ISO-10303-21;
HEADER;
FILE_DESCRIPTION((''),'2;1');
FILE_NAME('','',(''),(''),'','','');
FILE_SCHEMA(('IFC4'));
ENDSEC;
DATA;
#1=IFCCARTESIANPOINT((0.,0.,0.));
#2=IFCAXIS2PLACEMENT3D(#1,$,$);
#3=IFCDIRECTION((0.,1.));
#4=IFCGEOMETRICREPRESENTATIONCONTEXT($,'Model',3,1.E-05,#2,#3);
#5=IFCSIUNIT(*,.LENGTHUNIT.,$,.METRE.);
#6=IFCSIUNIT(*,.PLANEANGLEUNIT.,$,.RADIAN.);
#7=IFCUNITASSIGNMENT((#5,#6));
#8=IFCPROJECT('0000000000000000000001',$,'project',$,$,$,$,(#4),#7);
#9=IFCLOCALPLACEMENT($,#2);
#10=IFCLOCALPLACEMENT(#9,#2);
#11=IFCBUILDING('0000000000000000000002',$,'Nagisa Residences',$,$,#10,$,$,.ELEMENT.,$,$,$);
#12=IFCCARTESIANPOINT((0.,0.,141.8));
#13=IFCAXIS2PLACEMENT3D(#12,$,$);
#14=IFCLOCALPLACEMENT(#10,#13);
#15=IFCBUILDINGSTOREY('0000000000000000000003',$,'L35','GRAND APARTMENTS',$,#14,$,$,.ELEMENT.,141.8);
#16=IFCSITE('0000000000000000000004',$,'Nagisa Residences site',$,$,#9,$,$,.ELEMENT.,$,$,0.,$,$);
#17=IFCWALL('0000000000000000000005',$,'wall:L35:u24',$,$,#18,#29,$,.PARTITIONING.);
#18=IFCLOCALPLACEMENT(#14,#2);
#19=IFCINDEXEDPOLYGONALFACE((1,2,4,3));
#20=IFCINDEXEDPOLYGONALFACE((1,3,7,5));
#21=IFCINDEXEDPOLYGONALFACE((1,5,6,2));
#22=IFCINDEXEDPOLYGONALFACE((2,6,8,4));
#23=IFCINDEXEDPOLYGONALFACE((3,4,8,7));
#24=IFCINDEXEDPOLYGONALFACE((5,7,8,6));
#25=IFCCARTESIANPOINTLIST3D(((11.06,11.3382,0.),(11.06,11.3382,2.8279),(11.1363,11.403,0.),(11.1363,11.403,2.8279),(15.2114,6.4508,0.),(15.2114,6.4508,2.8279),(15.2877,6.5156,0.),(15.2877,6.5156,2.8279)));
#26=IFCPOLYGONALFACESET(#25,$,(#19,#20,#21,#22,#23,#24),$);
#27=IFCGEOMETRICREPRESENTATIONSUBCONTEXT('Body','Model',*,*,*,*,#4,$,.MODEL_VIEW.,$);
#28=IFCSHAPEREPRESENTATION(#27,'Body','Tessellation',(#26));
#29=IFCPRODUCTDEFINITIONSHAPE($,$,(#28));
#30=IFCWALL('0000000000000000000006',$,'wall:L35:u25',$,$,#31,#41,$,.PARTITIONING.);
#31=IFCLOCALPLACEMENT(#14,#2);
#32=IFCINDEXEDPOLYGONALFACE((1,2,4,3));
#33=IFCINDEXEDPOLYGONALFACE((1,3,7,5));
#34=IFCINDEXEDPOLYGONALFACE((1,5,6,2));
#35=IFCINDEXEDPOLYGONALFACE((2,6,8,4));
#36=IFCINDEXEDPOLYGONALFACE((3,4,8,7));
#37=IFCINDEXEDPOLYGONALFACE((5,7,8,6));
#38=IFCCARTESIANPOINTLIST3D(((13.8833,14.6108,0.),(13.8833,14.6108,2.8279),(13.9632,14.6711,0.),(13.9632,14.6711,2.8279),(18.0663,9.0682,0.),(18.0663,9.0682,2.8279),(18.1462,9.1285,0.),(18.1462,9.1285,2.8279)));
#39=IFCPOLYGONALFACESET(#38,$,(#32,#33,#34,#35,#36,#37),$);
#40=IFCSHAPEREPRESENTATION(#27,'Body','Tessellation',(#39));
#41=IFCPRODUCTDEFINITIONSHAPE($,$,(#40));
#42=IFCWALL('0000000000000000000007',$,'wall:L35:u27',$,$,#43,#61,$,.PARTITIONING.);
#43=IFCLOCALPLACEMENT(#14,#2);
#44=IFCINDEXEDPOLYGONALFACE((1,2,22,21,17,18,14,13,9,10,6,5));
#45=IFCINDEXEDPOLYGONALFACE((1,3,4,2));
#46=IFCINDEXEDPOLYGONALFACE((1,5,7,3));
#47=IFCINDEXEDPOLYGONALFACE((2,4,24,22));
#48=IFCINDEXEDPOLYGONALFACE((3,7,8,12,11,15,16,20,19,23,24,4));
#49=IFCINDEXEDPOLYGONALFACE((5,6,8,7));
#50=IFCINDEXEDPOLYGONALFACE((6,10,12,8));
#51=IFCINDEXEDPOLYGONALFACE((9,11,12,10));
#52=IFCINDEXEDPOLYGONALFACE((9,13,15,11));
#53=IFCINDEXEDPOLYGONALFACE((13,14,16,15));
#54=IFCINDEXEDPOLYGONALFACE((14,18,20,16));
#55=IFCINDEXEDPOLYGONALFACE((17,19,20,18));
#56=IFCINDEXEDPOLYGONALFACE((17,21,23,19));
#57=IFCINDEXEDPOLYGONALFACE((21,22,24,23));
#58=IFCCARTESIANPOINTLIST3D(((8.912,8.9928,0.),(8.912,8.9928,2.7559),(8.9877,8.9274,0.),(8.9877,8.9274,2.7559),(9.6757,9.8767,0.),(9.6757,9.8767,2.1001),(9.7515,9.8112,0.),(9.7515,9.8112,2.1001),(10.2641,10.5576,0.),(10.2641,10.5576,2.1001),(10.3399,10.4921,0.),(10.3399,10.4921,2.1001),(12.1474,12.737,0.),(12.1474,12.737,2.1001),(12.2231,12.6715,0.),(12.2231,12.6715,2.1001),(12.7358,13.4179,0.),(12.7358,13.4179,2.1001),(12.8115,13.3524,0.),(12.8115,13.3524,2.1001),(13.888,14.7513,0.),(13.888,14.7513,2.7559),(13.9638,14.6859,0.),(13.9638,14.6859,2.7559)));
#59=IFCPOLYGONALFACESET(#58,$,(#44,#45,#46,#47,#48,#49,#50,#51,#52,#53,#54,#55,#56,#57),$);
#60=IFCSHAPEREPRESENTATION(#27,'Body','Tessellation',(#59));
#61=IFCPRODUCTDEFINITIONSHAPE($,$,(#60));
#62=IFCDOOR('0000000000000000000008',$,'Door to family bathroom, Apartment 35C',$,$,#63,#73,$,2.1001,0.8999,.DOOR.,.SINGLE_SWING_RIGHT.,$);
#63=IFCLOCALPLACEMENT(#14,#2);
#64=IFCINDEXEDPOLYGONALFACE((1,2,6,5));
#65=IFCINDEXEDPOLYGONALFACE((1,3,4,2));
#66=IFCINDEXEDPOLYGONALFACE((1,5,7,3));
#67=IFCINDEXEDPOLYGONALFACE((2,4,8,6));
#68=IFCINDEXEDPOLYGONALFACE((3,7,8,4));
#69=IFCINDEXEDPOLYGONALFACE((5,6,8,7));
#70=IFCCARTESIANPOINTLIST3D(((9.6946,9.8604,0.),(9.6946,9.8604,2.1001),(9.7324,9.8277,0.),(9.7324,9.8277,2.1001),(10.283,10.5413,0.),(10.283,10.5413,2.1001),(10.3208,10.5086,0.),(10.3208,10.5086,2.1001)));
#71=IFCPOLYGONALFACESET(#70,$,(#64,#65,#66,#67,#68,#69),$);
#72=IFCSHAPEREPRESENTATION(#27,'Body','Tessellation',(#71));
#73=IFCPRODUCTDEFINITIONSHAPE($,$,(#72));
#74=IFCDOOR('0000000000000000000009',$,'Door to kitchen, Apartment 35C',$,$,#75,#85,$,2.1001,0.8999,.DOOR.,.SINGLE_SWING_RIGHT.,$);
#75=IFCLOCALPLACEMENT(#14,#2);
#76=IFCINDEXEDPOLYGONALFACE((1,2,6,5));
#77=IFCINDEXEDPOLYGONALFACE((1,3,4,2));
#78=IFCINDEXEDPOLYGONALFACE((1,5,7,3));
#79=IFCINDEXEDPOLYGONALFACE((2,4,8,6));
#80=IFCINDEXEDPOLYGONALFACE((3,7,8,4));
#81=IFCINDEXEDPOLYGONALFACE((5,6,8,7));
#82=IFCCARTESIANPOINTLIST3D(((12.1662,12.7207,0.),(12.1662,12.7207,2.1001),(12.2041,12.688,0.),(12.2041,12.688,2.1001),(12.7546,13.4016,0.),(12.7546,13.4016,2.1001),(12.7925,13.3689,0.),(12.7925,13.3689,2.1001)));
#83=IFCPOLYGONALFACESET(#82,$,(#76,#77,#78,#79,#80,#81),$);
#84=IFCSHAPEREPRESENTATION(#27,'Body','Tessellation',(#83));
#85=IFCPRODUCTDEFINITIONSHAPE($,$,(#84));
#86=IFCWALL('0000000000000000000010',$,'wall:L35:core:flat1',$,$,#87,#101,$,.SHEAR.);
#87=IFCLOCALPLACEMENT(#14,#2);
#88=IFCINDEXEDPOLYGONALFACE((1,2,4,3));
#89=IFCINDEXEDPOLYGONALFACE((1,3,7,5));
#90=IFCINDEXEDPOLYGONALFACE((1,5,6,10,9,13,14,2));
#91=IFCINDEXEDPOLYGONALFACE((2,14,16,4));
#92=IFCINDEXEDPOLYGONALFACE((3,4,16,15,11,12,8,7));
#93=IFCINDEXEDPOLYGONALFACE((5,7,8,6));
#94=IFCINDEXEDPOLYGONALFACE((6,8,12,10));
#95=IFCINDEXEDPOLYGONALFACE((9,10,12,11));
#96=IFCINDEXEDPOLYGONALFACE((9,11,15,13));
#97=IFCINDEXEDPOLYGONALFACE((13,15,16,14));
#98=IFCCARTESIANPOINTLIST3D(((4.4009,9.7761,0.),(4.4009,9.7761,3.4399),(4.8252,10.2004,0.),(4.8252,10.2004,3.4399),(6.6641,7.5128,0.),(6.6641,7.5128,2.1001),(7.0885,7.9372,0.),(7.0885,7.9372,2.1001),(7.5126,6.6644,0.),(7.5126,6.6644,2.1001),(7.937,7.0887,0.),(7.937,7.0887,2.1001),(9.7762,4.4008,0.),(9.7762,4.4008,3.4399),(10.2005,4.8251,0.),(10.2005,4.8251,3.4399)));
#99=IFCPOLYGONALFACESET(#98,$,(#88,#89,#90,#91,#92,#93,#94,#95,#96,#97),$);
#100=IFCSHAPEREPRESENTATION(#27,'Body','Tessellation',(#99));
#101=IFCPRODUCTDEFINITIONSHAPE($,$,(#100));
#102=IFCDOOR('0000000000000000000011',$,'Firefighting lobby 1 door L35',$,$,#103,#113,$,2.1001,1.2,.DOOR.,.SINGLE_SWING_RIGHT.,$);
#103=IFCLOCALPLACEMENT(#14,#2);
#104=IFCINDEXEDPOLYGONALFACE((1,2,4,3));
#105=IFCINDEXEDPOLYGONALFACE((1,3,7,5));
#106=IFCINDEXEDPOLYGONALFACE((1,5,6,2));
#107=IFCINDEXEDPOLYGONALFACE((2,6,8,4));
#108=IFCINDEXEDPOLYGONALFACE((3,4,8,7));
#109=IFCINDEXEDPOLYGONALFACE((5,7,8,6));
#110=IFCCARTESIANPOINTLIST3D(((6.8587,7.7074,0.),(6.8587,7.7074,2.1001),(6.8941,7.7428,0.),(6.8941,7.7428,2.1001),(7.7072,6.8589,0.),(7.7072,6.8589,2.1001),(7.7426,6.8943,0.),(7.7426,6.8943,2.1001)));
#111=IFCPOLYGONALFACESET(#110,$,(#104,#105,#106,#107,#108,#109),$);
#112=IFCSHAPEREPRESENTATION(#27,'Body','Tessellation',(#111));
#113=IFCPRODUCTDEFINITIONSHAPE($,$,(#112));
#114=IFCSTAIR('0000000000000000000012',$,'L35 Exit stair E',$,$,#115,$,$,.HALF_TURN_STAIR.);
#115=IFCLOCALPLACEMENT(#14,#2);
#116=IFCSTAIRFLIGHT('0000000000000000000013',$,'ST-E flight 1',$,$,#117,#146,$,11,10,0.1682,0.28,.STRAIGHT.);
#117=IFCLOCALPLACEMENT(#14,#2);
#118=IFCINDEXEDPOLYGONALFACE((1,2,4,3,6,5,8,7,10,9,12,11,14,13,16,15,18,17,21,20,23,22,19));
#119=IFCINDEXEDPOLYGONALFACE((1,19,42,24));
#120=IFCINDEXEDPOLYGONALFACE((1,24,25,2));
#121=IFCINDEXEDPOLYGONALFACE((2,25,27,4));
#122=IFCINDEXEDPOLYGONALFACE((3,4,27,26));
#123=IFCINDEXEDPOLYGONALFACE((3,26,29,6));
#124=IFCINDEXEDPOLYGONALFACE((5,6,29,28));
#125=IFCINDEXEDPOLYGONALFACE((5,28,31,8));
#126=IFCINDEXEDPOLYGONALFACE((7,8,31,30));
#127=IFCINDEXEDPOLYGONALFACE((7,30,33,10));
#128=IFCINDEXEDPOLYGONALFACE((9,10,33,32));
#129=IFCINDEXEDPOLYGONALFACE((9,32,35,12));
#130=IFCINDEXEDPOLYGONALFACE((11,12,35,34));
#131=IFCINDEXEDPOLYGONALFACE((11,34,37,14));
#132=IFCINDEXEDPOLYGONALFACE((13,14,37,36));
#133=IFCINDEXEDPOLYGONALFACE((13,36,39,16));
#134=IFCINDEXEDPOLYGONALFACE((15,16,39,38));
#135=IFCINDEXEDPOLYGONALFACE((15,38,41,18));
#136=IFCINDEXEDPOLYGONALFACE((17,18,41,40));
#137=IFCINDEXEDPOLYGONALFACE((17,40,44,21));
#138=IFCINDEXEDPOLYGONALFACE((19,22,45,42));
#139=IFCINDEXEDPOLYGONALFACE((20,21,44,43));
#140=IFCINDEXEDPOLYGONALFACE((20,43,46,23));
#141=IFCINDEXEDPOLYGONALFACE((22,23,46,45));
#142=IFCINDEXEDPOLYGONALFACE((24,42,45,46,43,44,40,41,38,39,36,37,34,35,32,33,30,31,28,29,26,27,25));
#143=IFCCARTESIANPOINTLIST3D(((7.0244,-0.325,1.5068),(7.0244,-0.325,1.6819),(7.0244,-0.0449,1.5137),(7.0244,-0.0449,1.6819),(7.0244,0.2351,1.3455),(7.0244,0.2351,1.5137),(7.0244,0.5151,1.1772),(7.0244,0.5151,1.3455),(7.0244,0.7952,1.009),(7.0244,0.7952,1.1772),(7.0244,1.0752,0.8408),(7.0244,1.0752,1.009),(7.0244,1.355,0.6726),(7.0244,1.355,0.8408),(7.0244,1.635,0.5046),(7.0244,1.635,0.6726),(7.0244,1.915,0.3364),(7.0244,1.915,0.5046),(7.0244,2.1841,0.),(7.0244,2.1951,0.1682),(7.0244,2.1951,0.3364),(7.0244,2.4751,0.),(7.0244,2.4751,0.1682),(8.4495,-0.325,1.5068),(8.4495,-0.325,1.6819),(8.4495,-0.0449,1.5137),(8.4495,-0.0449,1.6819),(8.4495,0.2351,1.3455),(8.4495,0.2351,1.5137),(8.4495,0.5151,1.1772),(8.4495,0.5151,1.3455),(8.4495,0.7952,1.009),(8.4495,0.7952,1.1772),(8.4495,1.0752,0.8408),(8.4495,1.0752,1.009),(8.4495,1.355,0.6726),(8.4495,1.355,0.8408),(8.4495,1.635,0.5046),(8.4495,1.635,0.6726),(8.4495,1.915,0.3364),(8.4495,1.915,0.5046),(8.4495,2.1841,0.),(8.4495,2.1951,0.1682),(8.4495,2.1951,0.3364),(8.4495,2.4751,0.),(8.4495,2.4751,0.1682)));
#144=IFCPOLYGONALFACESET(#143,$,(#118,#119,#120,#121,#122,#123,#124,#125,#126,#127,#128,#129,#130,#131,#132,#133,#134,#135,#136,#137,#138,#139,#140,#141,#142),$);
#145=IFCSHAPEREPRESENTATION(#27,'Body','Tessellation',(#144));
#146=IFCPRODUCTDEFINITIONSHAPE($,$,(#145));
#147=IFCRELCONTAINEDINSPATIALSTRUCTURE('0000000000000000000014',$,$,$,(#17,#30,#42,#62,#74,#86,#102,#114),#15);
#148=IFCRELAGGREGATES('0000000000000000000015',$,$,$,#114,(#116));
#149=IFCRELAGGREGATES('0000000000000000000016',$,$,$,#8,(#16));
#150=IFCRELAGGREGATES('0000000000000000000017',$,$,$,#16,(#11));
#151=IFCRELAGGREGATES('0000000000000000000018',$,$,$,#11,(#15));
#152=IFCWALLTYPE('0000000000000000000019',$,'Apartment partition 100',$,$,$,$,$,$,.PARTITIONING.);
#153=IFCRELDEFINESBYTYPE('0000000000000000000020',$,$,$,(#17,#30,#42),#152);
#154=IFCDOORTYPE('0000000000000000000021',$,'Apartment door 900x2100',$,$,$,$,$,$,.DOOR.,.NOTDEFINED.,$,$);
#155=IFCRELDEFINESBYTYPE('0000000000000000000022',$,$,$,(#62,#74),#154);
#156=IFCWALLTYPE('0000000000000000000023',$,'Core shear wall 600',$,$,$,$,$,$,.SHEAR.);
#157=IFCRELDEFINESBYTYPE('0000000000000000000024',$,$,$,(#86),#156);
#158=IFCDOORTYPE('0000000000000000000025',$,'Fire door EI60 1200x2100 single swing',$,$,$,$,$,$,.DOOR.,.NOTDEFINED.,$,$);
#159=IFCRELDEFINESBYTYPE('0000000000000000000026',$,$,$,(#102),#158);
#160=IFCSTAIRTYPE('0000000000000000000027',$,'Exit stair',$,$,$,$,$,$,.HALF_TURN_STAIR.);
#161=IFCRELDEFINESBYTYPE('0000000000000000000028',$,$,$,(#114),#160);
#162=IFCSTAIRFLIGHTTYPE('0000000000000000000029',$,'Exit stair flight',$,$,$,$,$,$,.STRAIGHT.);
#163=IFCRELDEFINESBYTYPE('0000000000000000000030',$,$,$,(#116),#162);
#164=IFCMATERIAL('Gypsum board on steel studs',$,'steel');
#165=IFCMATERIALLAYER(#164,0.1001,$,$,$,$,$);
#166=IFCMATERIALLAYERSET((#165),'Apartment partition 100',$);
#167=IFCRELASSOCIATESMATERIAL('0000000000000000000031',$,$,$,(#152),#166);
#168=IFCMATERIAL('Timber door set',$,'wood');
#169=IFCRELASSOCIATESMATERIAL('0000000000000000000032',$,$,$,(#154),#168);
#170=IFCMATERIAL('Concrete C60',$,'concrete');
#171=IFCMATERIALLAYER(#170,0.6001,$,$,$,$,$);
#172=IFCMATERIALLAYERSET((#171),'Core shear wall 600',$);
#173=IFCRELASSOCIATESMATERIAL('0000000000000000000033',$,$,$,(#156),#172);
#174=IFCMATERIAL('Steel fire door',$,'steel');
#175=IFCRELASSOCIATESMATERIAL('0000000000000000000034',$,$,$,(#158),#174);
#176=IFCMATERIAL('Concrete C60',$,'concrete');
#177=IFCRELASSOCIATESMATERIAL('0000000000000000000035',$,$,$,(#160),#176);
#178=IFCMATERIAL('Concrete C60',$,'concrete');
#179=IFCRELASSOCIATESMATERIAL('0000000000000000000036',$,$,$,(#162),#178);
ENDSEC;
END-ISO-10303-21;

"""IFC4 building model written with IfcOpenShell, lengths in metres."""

from ifc_helpers import new_model, si_unit, direction, frame, frame_2d, origin, place, context, subcontext, project, spatial, polyline, rectangle, outline, extrude, material, layer, layer_set, type_object, element, fill, aggregate, save


model = new_model("IFC4")

# Units and contexts
model_context = context("Model", 3, precision=1e-05, world=origin(), true_north=direction((0.0, 1.0)))
body_context = subcontext(model_context, "Body", "Model", "MODEL_VIEW")
ifc_project = project(units=[si_unit("LENGTHUNIT", "METRE"), si_unit("PLANEANGLEUNIT", "RADIAN")], contexts=[model_context])

# Site, building, storey
site_placement = place(None, origin())
site = spatial("IfcSite", under=ifc_project, at=site_placement, Name="Nagisa Residences site", CompositionType="ELEMENT", RefElevation=0.0)
building_placement = place(site_placement, origin())
building = spatial("IfcBuilding", under=site, at=building_placement, Name="Nagisa Residences", CompositionType="ELEMENT")
storey_placement = place(building_placement, frame((0.0, 0.0, 141.8)))
storey = spatial("IfcBuildingStorey", under=building, at=storey_placement, Name="L35", Description="GRAND APARTMENTS", CompositionType="ELEMENT", Elevation=141.8)

# Shared definitions
ifc_material_1 = material(Name="Gypsum board on steel studs", Category="steel")
ifc_layer_1 = layer(ifc_material_1, 0.1001)
ifc_layer_set_1 = layer_set([ifc_layer_1], Name="Apartment partition 100")
wall_type_1 = type_object("IfcWallType", Name="Apartment partition 100", PredefinedType="PARTITIONING", material=ifc_layer_set_1)
ifc_material_2 = material(Name="Timber door set", Category="wood")
door_type_1 = type_object("IfcDoorType", Name="Apartment door 900x2100", OperationType="NOTDEFINED", PredefinedType="DOOR", material=ifc_material_2)

# Walls
wall_1_placement = place(storey_placement, frame((15.2495, 6.4832, 0.0), z_axis=(0.0, 0.0, 1.0), x_axis=(-0.64738, 0.762168, 0.0)))
element("IfcWall", 1, at=wall_1_placement, inside=storey, type_object=wall_type_1, Name="wall:L35:u24", PredefinedType="PARTITIONING", context=body_context, shape_type="SweptSolid", body=[
    extrude(rectangle(XDim=6.4126, YDim=0.1001, at=frame_2d((3.2063, 0.0))), origin(), (0.0, 0.0, 1.0), 2.8279),
])
wall_2_placement = place(storey_placement, frame((18.1062, 9.0984, 0.0), z_axis=(0.0, 0.0, 1.0), x_axis=(-0.602394, 0.798199, 0.0)))
element("IfcWall", 2, at=wall_2_placement, inside=storey, type_object=wall_type_1, Name="wall:L35:u25", PredefinedType="PARTITIONING", context=body_context, shape_type="SweptSolid", body=[
    extrude(rectangle(XDim=6.9438, YDim=0.1001, at=frame_2d((3.4719, 0.0))), origin(), (0.0, 0.0, 1.0), 2.8279),
])

# Wall, openings, doors
wall_3_placement = place(storey_placement, frame((8.95, 8.9602, 0.0), z_axis=(0.0, 0.0, 1.0), x_axis=(0.653829, 0.756642, 0.0)))
wall_3 = element("IfcWall", 3, at=wall_3_placement, inside=storey, type_object=wall_type_1, Name="wall:L35:u27", PredefinedType="PARTITIONING", context=body_context, shape_type="SweptSolid", body=[
    extrude(rectangle(XDim=7.6106, YDim=0.1001, at=frame_2d((3.8052, 0.0))), origin(), (0.0, 0.0, 1.0), 2.7559),
])
opening_1_placement = place(wall_3_placement, frame((1.168, 0.0, 0.0)))
opening_1 = element("IfcOpeningElement", 4, at=opening_1_placement, cuts=wall_3, PredefinedType="OPENING", context=body_context, shape_type="SweptSolid", body=[
    extrude(rectangle(XDim=0.8999, YDim=2.1001, at=frame_2d((0.45, 1.05))), frame((0.0, 0.0601, 0.0), z_axis=(0.0, -1.0, 0.0), x_axis=(1.0, 0.0, 0.0)), (0.0, 0.0, 1.0), 0.1201),
])
opening_2_placement = place(wall_3_placement, frame((4.9482, 0.0, 0.0)))
opening_2 = element("IfcOpeningElement", 5, at=opening_2_placement, cuts=wall_3, PredefinedType="OPENING", context=body_context, shape_type="SweptSolid", body=[
    extrude(rectangle(XDim=0.8999, YDim=2.1001, at=frame_2d((0.45, 1.05))), frame((0.0, 0.0601, 0.0), z_axis=(0.0, -1.0, 0.0), x_axis=(1.0, 0.0, 0.0)), (0.0, 0.0, 1.0), 0.1201),
])
door_1_placement = place(opening_1_placement, frame((0.8999, 0.0, 0.0), x_axis=(-1.0, 0.0, 0.0)))
door_1 = element("IfcDoor", 6, at=door_1_placement, inside=storey, type_object=door_type_1, Name="Door to family bathroom, Apartment 35C", OperationType="SINGLE_SWING_RIGHT", OverallHeight=2.1001, OverallWidth=0.8999, PredefinedType="DOOR", context=body_context, shape_type="SweptSolid", body=[
    extrude(rectangle(XDim=0.8999, YDim=2.1001, at=frame_2d((0.45, 1.05))), frame((0.0, 0.0249, 0.0), z_axis=(0.0, -1.0, 0.0), x_axis=(1.0, 0.0, 0.0)), (0.0, 0.0, 1.0), 0.05),
])
fill(opening_1, door_1)
door_2_placement = place(opening_2_placement, frame((0.8999, 0.0, 0.0), x_axis=(-1.0, 0.0, 0.0)))
door_2 = element("IfcDoor", 7, at=door_2_placement, inside=storey, type_object=door_type_1, Name="Door to kitchen, Apartment 35C", OperationType="SINGLE_SWING_RIGHT", OverallHeight=2.1001, OverallWidth=0.8999, PredefinedType="DOOR", context=body_context, shape_type="SweptSolid", body=[
    extrude(rectangle(XDim=0.8999, YDim=2.1001, at=frame_2d((0.45, 1.05))), frame((0.0, 0.0249, 0.0), z_axis=(0.0, -1.0, 0.0), x_axis=(1.0, 0.0, 0.0)), (0.0, 0.0, 1.0), 0.05),
])
fill(opening_2, door_2)

# Wall, opening, door
ifc_material_3 = material(Name="Concrete C60", Category="concrete")
ifc_layer_2 = layer(ifc_material_3, 0.6001)
ifc_layer_set_2 = layer_set([ifc_layer_2], Name="Core shear wall 600")
wall_type_2 = type_object("IfcWallType", Name="Core shear wall 600", PredefinedType="SHEAR", material=ifc_layer_set_2)
wall_4_placement = place(storey_placement, frame((9.9883, 4.613, 0.0), z_axis=(0.0, 0.0, 1.0), x_axis=(-0.707107, 0.707107, 0.0)))
wall_4 = element("IfcWall", 8, at=wall_4_placement, inside=storey, type_object=wall_type_2, Name="wall:L35:core:flat1", PredefinedType="SHEAR", context=body_context, shape_type="SweptSolid", body=[
    extrude(rectangle(XDim=7.6018, YDim=0.6001, at=frame_2d((3.8008, 0.0))), origin(), (0.0, 0.0, 1.0), 3.4399),
])
opening_3_placement = place(wall_4_placement, frame((3.2009, 0.0, 0.0)))
opening_3 = element("IfcOpeningElement", 9, at=opening_3_placement, cuts=wall_4, PredefinedType="OPENING", context=body_context, shape_type="SweptSolid", body=[
    extrude(rectangle(XDim=1.2, YDim=2.1001, at=frame_2d((0.6001, 1.05))), frame((0.0, 0.3101, 0.0), z_axis=(0.0, -1.0, 0.0), x_axis=(1.0, 0.0, 0.0)), (0.0, 0.0, 1.0), 0.6201),
])
ifc_material_4 = material(Name="Steel fire door", Category="steel")
door_type_2 = type_object("IfcDoorType", Name="Fire door EI60 1200x2100 single swing", OperationType="NOTDEFINED", PredefinedType="DOOR", material=ifc_material_4)
door_3_placement = place(opening_3_placement, origin())
door_3 = element("IfcDoor", 10, at=door_3_placement, inside=storey, type_object=door_type_2, Name="Firefighting lobby 1 door L35", OperationType="SINGLE_SWING_RIGHT", OverallHeight=2.1001, OverallWidth=1.2, PredefinedType="DOOR", context=body_context, shape_type="SweptSolid", body=[
    extrude(rectangle(XDim=1.2, YDim=2.1001, at=frame_2d((0.6001, 1.05))), frame((0.0, 0.0249, 0.0), z_axis=(0.0, -1.0, 0.0), x_axis=(1.0, 0.0, 0.0)), (0.0, 0.0, 1.0), 0.05),
])
fill(opening_3, door_3)

# Stair, stair flight
ifc_material_5 = material(Name="Concrete C60", Category="concrete")
stair_type = type_object("IfcStairType", Name="Exit stair", PredefinedType="HALF_TURN_STAIR", material=ifc_material_5)
stair_placement = place(storey_placement, origin())
stair = element("IfcStair", 11, at=stair_placement, inside=storey, type_object=stair_type, Name="L35 Exit stair E", PredefinedType="HALF_TURN_STAIR")
ifc_material_6 = material(Name="Concrete C60", Category="concrete")
stair_flight_type = type_object("IfcStairFlightType", Name="Exit stair flight", PredefinedType="STRAIGHT", material=ifc_material_6)
stair_flight_placement = place(storey_placement, frame((7.7371, 2.4751, 0.0), z_axis=(0.0, 0.0, 1.0), x_axis=(0.0, -1.0, 0.0)))
stair_flight = element("IfcStairFlight", 12, at=stair_flight_placement, type_object=stair_flight_type, Name="ST-E flight 1", NumberOfRisers=11, NumberOfTreads=10, PredefinedType="STRAIGHT", RiserHeight=0.1682, TreadLength=0.28, context=body_context, shape_type="SweptSolid", body=[
    extrude(outline(polyline([(0.0, 0.0), (0.0, 0.1682), (0.28, 0.1682), (0.28, 0.3364), (0.5601, 0.3364), (0.5601, 0.5046), (0.8401, 0.5046), (0.8401, 0.6726), (1.1201, 0.6726), (1.1201, 0.8408), (1.3999, 0.8408), (1.3999, 1.009), (1.6799, 1.009), (1.6799, 1.1772), (1.96, 1.1772), (1.96, 1.3455), (2.24, 1.3455), (2.24, 1.5137), (2.52, 1.5137), (2.52, 1.6819), (2.8, 1.6819), (2.8, 1.8501), (2.8, 1.5068), (0.291, 0.0), (0.0, 0.0)])), frame((0.0, 0.7124, 0.0), z_axis=(0.0, -1.0, 0.0), x_axis=(1.0, 0.0, 0.0)), (0.0, 0.0, 1.0), 1.425),
])
aggregate(stair, [stair_flight])

save(model, "model.ifc")
